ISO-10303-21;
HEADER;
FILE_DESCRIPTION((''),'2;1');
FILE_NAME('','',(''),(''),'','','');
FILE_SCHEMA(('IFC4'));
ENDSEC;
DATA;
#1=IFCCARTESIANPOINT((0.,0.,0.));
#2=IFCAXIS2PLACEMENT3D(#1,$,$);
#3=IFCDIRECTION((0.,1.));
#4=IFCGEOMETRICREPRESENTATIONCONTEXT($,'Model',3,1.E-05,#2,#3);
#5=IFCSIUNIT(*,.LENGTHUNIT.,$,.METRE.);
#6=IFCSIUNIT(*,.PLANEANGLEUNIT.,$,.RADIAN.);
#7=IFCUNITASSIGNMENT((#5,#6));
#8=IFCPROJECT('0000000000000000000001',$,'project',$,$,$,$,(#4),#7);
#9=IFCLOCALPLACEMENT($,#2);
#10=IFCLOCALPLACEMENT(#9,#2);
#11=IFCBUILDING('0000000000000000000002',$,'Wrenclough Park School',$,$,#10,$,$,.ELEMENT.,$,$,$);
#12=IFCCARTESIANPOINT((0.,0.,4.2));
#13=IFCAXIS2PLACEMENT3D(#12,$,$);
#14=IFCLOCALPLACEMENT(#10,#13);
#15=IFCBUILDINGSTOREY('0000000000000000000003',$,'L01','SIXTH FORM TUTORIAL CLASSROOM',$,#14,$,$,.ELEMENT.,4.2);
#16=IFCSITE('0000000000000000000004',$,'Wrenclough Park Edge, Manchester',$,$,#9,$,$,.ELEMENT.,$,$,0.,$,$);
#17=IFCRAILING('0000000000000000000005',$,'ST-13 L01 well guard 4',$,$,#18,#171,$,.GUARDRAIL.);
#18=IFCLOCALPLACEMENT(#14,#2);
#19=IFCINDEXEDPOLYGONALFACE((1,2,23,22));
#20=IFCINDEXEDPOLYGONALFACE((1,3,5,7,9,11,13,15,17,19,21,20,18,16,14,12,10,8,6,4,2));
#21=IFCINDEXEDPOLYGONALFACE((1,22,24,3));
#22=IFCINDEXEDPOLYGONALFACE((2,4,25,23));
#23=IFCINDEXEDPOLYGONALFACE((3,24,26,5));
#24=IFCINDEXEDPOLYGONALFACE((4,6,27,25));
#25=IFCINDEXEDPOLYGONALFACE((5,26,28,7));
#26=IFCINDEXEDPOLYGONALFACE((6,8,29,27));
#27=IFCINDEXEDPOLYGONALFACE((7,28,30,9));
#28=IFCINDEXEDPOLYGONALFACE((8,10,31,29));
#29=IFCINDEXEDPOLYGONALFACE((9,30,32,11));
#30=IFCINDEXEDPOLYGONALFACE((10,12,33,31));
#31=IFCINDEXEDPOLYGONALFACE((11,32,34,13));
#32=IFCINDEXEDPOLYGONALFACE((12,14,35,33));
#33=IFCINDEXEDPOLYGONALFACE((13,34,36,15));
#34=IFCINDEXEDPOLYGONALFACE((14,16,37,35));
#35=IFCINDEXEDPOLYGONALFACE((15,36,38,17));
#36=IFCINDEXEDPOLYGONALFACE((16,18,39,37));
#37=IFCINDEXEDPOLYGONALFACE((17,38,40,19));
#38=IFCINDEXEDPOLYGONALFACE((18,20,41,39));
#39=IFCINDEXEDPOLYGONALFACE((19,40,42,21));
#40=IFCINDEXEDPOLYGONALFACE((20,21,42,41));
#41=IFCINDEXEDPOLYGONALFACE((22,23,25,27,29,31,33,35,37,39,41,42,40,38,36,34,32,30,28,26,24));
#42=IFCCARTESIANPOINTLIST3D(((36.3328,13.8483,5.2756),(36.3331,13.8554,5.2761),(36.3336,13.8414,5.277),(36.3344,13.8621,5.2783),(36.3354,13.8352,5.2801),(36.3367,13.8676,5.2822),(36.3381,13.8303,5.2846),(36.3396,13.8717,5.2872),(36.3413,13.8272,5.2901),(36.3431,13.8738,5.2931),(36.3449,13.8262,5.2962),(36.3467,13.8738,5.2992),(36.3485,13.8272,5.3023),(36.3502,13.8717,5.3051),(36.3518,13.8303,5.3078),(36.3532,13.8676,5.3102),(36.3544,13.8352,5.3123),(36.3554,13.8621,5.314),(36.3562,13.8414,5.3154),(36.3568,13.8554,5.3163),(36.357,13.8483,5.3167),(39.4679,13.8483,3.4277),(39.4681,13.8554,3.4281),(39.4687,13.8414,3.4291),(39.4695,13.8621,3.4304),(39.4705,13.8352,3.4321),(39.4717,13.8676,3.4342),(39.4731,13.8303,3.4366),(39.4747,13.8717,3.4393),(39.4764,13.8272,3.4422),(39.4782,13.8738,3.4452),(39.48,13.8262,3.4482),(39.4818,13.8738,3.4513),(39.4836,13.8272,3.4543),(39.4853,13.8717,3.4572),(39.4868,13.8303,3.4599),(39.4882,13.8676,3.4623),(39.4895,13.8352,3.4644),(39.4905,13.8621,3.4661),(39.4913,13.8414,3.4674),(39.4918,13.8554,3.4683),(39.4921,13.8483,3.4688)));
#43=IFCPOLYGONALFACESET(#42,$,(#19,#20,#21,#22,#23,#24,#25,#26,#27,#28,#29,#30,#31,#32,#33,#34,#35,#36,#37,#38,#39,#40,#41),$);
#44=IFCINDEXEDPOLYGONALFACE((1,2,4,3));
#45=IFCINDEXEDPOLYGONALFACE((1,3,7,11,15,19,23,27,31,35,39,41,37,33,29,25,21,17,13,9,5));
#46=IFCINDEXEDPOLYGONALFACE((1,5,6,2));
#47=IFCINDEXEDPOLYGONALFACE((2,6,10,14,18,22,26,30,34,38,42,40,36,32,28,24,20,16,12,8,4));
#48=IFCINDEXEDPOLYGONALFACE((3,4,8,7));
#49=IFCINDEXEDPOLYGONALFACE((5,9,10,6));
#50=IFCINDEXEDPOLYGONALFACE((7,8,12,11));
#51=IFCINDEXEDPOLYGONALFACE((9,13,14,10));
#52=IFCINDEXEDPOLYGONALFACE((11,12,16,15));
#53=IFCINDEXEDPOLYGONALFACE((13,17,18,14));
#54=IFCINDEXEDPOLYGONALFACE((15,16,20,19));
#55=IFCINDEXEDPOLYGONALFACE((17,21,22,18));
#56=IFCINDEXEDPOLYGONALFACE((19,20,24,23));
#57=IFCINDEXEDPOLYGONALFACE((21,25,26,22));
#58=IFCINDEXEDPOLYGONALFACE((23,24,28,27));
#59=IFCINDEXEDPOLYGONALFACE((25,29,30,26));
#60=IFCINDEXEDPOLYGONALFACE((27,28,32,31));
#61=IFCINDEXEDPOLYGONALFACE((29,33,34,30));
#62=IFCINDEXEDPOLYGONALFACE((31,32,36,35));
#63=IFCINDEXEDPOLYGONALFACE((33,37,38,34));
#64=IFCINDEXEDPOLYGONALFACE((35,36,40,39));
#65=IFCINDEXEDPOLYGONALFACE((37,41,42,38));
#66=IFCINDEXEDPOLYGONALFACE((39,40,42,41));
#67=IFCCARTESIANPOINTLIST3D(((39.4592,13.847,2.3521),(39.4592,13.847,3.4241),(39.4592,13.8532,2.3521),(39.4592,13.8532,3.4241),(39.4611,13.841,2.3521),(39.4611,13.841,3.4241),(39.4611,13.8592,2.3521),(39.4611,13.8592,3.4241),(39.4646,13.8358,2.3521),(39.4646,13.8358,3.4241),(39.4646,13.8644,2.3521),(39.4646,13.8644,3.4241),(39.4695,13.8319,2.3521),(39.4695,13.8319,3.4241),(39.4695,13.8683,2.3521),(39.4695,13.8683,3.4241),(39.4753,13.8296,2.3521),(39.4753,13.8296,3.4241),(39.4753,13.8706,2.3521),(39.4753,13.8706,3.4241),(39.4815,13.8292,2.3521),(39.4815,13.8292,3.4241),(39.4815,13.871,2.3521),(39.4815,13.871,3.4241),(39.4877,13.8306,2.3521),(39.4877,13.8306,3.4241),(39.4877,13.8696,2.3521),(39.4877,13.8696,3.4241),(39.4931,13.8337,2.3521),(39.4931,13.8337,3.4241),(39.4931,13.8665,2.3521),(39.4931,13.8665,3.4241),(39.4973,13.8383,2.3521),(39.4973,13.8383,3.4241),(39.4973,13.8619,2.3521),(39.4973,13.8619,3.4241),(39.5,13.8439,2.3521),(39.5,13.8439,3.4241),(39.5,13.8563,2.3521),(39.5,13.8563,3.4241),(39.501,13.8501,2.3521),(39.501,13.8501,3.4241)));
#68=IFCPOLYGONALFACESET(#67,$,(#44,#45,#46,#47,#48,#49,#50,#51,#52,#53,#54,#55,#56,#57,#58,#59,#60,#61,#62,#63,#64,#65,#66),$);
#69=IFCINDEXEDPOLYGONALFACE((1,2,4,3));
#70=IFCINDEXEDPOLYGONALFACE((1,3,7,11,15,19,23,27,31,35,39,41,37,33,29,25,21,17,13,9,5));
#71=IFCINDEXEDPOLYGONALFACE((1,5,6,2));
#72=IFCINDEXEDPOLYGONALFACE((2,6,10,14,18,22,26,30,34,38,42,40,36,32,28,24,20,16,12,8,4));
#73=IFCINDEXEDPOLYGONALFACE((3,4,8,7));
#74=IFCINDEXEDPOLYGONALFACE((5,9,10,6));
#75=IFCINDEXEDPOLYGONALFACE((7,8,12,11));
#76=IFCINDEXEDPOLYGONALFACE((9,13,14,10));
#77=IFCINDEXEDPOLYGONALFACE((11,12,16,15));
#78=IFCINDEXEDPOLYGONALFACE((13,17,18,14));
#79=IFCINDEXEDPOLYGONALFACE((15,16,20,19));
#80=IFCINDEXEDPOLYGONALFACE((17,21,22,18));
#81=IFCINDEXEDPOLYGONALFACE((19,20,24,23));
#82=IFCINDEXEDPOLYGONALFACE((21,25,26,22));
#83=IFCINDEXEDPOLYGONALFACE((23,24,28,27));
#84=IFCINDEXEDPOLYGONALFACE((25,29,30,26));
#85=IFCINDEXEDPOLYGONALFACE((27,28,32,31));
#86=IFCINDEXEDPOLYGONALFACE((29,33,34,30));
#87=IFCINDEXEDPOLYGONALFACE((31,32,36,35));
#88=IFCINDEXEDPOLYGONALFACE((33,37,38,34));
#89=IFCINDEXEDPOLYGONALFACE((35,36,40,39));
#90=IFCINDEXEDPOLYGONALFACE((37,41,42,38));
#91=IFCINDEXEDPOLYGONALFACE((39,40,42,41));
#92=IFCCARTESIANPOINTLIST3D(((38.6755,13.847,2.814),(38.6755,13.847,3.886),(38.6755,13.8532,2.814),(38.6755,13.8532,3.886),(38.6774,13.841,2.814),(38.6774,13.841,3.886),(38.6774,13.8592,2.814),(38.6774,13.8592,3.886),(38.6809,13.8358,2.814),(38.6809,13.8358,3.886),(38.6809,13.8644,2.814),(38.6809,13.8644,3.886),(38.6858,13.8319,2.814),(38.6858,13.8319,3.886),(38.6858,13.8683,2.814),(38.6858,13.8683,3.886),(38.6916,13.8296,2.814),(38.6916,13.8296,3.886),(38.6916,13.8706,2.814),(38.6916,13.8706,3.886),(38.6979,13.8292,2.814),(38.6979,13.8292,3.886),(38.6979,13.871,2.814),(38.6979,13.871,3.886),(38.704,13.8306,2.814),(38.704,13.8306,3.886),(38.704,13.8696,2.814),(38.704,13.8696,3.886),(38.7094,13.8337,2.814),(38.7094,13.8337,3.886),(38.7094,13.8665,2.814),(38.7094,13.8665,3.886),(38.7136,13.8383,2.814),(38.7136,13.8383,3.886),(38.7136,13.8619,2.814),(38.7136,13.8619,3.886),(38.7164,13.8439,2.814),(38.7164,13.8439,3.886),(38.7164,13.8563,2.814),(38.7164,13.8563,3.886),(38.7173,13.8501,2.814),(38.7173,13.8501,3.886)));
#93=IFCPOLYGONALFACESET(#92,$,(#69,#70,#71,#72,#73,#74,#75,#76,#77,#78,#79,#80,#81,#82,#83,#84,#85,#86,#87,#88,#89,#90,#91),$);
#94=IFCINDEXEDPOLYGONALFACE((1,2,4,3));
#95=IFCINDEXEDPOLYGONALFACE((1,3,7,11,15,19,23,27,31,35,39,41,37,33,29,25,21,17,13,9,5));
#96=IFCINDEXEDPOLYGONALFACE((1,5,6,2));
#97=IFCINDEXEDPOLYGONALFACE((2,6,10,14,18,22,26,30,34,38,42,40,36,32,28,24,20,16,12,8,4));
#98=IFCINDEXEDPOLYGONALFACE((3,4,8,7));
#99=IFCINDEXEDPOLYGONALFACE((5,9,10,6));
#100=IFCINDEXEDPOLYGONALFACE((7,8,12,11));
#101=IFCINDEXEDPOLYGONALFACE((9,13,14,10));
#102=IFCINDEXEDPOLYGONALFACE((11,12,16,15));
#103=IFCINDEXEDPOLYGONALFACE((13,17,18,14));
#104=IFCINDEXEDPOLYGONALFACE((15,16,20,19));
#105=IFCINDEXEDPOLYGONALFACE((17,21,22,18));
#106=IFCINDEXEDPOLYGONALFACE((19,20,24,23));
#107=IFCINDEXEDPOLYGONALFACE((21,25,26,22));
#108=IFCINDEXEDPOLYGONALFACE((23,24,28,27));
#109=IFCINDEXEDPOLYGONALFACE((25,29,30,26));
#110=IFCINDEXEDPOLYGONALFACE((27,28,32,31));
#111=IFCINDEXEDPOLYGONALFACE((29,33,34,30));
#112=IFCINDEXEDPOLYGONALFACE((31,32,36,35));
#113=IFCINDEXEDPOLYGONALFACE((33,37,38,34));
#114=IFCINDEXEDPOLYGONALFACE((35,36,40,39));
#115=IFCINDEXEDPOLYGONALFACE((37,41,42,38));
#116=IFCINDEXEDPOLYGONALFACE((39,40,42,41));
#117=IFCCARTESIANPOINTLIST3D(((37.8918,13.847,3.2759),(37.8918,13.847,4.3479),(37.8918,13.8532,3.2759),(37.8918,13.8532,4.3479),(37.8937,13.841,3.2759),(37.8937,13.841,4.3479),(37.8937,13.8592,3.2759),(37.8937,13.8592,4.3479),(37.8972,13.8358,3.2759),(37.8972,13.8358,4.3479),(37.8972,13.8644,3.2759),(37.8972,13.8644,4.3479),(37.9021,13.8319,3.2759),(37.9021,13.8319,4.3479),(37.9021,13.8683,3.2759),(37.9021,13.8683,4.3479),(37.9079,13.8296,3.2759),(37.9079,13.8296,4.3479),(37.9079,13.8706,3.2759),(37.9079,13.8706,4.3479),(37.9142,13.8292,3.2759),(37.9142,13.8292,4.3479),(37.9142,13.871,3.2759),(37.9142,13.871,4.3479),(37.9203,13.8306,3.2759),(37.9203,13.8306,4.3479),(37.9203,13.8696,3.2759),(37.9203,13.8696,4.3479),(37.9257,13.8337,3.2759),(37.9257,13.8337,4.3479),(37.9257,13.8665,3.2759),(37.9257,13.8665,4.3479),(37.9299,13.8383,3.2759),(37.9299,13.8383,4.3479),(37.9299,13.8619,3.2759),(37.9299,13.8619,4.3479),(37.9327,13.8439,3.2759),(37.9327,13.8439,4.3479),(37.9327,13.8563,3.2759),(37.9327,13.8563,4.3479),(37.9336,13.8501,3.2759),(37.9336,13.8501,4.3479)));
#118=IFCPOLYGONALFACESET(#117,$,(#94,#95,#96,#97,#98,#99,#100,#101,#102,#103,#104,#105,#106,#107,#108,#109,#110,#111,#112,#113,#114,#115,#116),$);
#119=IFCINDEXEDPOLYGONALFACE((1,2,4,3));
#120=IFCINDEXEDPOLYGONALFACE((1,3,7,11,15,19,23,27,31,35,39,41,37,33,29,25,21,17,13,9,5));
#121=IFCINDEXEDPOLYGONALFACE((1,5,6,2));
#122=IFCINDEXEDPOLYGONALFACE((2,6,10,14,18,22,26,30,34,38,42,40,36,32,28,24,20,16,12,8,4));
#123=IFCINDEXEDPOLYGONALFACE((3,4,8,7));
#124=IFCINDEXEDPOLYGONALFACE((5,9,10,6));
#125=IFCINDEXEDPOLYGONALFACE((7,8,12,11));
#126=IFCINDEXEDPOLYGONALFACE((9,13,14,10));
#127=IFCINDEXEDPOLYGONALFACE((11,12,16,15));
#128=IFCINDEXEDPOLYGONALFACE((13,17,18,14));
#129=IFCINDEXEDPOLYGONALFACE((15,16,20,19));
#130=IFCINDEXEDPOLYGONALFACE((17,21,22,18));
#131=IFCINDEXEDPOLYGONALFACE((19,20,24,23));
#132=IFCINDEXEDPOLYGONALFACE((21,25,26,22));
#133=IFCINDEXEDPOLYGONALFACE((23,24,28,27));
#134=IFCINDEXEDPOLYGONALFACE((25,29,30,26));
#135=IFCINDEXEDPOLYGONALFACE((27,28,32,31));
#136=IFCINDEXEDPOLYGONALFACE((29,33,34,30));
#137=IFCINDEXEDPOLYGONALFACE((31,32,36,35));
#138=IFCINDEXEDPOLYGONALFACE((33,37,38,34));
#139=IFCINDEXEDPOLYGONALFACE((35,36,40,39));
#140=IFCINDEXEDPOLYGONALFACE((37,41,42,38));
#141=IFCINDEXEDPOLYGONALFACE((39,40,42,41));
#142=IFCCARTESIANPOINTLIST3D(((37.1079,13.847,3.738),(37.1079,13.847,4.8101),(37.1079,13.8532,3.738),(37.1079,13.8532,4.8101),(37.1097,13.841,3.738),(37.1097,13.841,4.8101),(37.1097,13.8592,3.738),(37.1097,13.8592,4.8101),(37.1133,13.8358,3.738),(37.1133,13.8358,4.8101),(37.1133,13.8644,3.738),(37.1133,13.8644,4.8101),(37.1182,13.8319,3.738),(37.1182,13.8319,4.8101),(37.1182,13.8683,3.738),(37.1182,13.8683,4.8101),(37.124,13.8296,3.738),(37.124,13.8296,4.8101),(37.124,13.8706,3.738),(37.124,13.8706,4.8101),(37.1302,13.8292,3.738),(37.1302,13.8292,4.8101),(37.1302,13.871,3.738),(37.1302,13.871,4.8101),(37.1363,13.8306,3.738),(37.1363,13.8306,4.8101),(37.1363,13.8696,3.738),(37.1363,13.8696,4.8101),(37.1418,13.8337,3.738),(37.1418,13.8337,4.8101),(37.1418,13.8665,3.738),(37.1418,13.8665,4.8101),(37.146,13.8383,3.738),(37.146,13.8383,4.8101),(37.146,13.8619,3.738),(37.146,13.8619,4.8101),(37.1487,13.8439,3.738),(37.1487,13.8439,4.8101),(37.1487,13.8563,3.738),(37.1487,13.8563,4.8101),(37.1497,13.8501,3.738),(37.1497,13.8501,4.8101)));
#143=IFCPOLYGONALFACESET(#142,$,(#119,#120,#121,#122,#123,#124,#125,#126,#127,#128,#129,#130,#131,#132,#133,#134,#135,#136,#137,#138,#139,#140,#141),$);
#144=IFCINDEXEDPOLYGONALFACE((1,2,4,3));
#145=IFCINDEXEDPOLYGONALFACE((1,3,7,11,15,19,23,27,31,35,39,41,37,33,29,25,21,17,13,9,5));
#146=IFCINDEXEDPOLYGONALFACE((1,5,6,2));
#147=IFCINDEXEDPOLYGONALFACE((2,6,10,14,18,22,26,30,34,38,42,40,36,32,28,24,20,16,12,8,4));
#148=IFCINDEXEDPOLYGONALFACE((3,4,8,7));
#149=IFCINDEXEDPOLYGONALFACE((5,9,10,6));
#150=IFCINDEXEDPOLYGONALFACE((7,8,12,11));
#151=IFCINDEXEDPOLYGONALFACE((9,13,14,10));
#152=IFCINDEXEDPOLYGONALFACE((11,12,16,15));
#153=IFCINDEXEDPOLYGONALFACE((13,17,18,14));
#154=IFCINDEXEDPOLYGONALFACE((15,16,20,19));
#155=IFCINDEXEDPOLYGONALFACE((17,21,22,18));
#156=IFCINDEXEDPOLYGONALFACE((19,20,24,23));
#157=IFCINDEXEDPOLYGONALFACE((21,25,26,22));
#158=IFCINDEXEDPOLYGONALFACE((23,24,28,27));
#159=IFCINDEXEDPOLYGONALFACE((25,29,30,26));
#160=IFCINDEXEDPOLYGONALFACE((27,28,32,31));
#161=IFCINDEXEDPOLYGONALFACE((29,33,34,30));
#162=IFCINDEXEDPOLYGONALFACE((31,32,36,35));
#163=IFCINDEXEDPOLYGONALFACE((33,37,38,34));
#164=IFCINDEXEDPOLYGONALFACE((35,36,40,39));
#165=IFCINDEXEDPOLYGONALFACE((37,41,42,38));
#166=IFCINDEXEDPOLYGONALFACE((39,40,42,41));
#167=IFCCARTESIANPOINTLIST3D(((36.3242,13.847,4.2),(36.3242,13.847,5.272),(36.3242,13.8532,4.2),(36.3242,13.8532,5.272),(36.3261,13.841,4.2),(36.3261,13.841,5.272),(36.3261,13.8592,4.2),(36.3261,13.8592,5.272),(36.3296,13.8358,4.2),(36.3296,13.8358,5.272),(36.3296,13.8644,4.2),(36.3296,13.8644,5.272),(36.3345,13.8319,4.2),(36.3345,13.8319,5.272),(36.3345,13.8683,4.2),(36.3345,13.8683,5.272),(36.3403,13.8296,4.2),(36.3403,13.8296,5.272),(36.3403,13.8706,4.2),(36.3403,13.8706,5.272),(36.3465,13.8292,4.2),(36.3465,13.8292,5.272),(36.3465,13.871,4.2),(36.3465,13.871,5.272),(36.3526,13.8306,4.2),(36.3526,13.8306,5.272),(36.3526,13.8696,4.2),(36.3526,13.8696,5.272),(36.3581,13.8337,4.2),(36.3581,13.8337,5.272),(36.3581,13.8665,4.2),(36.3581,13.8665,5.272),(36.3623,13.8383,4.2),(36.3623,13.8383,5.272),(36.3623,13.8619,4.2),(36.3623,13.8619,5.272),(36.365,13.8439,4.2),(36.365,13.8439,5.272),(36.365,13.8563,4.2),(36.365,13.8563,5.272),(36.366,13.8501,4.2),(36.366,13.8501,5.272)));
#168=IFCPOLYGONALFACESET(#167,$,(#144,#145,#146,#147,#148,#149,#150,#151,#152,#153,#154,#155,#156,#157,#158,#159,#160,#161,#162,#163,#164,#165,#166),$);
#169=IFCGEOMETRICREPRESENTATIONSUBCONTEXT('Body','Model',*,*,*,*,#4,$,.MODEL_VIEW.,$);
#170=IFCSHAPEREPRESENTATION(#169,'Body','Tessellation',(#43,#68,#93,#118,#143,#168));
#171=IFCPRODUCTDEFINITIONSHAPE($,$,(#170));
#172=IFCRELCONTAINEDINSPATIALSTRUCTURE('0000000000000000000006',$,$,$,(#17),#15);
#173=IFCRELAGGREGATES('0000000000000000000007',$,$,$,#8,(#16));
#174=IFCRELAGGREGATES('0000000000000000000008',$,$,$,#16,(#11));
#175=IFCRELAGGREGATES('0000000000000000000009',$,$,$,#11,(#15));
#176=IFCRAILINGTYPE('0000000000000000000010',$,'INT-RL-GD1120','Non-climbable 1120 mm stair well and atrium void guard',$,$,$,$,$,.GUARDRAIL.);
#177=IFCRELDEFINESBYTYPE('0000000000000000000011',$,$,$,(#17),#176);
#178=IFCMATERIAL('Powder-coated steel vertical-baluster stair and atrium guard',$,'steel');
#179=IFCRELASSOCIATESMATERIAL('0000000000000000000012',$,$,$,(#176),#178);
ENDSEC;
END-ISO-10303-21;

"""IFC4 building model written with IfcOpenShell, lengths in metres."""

from ifc_helpers import new_model, si_unit, direction, frame, origin, origin_2d, place, context, subcontext, project, spatial, circle, extrude, material, type_object, element, save


model = new_model("IFC4")

# Units and contexts
model_context = context("Model", 3, precision=1e-05, world=origin(), true_north=direction((0.0, 1.0)))
body_context = subcontext(model_context, "Body", "Model", "MODEL_VIEW")
ifc_project = project(units=[si_unit("LENGTHUNIT", "METRE"), si_unit("PLANEANGLEUNIT", "RADIAN")], contexts=[model_context])

# Site, building, storey
site_placement = place(None, origin())
site = spatial("IfcSite", under=ifc_project, at=site_placement, Name="Wrenclough Park Edge, Manchester", CompositionType="ELEMENT", RefElevation=0.0)
building_placement = place(site_placement, origin())
building = spatial("IfcBuilding", under=site, at=building_placement, Name="Wrenclough Park School", CompositionType="ELEMENT")
storey_placement = place(building_placement, frame((0.0, 0.0, 4.2)))
storey = spatial("IfcBuildingStorey", under=building, at=storey_placement, Name="L01", Description="SIXTH FORM TUTORIAL CLASSROOM", CompositionType="ELEMENT", Elevation=4.2)

# Railing
ifc_material_1 = material(Name="Powder-coated steel vertical-baluster stair and atrium guard", Category="steel")
railing_type_1 = type_object("IfcRailingType", Name="INT-RL-GD1120", Description="Non-climbable 1120 mm stair well and atrium void guard", PredefinedType="GUARDRAIL", material=ifc_material_1)
railing_1_placement = place(storey_placement, frame((39.48, 13.8501, 2.3521)))
element("IfcRailing", 1, at=railing_1_placement, inside=storey, type_object=railing_type_1, Name="ST-13 L01 well guard 4", PredefinedType="GUARDRAIL", context=body_context, shape_type="SweptSolid", body=[
    extrude(circle(Radius=0.0239, at=origin_2d()), frame((0.0, 0.0, 1.0962), z_axis=(-0.86148, 0.0, 0.507791), x_axis=(0.0, -1.0, 0.0)), (0.0, 0.0, 1.0), 3.6392),
    extrude(circle(Radius=0.021, at=origin_2d()), origin(), (0.0, 0.0, 1.0), 1.072),
    extrude(circle(Radius=0.021, at=origin_2d()), frame((-0.7837, 0.0, 0.4619)), (0.0, 0.0, 1.0), 1.072),
    extrude(circle(Radius=0.021, at=origin_2d()), frame((-1.5674, 0.0, 0.9238)), (0.0, 0.0, 1.0), 1.072),
    extrude(circle(Radius=0.021, at=origin_2d()), frame((-2.3513, 0.0, 1.386)), (0.0, 0.0, 1.0), 1.072),
    extrude(circle(Radius=0.021, at=origin_2d()), frame((-3.135, 0.0, 1.8479)), (0.0, 0.0, 1.0), 1.072),
])

save(model, "model.ifc")
